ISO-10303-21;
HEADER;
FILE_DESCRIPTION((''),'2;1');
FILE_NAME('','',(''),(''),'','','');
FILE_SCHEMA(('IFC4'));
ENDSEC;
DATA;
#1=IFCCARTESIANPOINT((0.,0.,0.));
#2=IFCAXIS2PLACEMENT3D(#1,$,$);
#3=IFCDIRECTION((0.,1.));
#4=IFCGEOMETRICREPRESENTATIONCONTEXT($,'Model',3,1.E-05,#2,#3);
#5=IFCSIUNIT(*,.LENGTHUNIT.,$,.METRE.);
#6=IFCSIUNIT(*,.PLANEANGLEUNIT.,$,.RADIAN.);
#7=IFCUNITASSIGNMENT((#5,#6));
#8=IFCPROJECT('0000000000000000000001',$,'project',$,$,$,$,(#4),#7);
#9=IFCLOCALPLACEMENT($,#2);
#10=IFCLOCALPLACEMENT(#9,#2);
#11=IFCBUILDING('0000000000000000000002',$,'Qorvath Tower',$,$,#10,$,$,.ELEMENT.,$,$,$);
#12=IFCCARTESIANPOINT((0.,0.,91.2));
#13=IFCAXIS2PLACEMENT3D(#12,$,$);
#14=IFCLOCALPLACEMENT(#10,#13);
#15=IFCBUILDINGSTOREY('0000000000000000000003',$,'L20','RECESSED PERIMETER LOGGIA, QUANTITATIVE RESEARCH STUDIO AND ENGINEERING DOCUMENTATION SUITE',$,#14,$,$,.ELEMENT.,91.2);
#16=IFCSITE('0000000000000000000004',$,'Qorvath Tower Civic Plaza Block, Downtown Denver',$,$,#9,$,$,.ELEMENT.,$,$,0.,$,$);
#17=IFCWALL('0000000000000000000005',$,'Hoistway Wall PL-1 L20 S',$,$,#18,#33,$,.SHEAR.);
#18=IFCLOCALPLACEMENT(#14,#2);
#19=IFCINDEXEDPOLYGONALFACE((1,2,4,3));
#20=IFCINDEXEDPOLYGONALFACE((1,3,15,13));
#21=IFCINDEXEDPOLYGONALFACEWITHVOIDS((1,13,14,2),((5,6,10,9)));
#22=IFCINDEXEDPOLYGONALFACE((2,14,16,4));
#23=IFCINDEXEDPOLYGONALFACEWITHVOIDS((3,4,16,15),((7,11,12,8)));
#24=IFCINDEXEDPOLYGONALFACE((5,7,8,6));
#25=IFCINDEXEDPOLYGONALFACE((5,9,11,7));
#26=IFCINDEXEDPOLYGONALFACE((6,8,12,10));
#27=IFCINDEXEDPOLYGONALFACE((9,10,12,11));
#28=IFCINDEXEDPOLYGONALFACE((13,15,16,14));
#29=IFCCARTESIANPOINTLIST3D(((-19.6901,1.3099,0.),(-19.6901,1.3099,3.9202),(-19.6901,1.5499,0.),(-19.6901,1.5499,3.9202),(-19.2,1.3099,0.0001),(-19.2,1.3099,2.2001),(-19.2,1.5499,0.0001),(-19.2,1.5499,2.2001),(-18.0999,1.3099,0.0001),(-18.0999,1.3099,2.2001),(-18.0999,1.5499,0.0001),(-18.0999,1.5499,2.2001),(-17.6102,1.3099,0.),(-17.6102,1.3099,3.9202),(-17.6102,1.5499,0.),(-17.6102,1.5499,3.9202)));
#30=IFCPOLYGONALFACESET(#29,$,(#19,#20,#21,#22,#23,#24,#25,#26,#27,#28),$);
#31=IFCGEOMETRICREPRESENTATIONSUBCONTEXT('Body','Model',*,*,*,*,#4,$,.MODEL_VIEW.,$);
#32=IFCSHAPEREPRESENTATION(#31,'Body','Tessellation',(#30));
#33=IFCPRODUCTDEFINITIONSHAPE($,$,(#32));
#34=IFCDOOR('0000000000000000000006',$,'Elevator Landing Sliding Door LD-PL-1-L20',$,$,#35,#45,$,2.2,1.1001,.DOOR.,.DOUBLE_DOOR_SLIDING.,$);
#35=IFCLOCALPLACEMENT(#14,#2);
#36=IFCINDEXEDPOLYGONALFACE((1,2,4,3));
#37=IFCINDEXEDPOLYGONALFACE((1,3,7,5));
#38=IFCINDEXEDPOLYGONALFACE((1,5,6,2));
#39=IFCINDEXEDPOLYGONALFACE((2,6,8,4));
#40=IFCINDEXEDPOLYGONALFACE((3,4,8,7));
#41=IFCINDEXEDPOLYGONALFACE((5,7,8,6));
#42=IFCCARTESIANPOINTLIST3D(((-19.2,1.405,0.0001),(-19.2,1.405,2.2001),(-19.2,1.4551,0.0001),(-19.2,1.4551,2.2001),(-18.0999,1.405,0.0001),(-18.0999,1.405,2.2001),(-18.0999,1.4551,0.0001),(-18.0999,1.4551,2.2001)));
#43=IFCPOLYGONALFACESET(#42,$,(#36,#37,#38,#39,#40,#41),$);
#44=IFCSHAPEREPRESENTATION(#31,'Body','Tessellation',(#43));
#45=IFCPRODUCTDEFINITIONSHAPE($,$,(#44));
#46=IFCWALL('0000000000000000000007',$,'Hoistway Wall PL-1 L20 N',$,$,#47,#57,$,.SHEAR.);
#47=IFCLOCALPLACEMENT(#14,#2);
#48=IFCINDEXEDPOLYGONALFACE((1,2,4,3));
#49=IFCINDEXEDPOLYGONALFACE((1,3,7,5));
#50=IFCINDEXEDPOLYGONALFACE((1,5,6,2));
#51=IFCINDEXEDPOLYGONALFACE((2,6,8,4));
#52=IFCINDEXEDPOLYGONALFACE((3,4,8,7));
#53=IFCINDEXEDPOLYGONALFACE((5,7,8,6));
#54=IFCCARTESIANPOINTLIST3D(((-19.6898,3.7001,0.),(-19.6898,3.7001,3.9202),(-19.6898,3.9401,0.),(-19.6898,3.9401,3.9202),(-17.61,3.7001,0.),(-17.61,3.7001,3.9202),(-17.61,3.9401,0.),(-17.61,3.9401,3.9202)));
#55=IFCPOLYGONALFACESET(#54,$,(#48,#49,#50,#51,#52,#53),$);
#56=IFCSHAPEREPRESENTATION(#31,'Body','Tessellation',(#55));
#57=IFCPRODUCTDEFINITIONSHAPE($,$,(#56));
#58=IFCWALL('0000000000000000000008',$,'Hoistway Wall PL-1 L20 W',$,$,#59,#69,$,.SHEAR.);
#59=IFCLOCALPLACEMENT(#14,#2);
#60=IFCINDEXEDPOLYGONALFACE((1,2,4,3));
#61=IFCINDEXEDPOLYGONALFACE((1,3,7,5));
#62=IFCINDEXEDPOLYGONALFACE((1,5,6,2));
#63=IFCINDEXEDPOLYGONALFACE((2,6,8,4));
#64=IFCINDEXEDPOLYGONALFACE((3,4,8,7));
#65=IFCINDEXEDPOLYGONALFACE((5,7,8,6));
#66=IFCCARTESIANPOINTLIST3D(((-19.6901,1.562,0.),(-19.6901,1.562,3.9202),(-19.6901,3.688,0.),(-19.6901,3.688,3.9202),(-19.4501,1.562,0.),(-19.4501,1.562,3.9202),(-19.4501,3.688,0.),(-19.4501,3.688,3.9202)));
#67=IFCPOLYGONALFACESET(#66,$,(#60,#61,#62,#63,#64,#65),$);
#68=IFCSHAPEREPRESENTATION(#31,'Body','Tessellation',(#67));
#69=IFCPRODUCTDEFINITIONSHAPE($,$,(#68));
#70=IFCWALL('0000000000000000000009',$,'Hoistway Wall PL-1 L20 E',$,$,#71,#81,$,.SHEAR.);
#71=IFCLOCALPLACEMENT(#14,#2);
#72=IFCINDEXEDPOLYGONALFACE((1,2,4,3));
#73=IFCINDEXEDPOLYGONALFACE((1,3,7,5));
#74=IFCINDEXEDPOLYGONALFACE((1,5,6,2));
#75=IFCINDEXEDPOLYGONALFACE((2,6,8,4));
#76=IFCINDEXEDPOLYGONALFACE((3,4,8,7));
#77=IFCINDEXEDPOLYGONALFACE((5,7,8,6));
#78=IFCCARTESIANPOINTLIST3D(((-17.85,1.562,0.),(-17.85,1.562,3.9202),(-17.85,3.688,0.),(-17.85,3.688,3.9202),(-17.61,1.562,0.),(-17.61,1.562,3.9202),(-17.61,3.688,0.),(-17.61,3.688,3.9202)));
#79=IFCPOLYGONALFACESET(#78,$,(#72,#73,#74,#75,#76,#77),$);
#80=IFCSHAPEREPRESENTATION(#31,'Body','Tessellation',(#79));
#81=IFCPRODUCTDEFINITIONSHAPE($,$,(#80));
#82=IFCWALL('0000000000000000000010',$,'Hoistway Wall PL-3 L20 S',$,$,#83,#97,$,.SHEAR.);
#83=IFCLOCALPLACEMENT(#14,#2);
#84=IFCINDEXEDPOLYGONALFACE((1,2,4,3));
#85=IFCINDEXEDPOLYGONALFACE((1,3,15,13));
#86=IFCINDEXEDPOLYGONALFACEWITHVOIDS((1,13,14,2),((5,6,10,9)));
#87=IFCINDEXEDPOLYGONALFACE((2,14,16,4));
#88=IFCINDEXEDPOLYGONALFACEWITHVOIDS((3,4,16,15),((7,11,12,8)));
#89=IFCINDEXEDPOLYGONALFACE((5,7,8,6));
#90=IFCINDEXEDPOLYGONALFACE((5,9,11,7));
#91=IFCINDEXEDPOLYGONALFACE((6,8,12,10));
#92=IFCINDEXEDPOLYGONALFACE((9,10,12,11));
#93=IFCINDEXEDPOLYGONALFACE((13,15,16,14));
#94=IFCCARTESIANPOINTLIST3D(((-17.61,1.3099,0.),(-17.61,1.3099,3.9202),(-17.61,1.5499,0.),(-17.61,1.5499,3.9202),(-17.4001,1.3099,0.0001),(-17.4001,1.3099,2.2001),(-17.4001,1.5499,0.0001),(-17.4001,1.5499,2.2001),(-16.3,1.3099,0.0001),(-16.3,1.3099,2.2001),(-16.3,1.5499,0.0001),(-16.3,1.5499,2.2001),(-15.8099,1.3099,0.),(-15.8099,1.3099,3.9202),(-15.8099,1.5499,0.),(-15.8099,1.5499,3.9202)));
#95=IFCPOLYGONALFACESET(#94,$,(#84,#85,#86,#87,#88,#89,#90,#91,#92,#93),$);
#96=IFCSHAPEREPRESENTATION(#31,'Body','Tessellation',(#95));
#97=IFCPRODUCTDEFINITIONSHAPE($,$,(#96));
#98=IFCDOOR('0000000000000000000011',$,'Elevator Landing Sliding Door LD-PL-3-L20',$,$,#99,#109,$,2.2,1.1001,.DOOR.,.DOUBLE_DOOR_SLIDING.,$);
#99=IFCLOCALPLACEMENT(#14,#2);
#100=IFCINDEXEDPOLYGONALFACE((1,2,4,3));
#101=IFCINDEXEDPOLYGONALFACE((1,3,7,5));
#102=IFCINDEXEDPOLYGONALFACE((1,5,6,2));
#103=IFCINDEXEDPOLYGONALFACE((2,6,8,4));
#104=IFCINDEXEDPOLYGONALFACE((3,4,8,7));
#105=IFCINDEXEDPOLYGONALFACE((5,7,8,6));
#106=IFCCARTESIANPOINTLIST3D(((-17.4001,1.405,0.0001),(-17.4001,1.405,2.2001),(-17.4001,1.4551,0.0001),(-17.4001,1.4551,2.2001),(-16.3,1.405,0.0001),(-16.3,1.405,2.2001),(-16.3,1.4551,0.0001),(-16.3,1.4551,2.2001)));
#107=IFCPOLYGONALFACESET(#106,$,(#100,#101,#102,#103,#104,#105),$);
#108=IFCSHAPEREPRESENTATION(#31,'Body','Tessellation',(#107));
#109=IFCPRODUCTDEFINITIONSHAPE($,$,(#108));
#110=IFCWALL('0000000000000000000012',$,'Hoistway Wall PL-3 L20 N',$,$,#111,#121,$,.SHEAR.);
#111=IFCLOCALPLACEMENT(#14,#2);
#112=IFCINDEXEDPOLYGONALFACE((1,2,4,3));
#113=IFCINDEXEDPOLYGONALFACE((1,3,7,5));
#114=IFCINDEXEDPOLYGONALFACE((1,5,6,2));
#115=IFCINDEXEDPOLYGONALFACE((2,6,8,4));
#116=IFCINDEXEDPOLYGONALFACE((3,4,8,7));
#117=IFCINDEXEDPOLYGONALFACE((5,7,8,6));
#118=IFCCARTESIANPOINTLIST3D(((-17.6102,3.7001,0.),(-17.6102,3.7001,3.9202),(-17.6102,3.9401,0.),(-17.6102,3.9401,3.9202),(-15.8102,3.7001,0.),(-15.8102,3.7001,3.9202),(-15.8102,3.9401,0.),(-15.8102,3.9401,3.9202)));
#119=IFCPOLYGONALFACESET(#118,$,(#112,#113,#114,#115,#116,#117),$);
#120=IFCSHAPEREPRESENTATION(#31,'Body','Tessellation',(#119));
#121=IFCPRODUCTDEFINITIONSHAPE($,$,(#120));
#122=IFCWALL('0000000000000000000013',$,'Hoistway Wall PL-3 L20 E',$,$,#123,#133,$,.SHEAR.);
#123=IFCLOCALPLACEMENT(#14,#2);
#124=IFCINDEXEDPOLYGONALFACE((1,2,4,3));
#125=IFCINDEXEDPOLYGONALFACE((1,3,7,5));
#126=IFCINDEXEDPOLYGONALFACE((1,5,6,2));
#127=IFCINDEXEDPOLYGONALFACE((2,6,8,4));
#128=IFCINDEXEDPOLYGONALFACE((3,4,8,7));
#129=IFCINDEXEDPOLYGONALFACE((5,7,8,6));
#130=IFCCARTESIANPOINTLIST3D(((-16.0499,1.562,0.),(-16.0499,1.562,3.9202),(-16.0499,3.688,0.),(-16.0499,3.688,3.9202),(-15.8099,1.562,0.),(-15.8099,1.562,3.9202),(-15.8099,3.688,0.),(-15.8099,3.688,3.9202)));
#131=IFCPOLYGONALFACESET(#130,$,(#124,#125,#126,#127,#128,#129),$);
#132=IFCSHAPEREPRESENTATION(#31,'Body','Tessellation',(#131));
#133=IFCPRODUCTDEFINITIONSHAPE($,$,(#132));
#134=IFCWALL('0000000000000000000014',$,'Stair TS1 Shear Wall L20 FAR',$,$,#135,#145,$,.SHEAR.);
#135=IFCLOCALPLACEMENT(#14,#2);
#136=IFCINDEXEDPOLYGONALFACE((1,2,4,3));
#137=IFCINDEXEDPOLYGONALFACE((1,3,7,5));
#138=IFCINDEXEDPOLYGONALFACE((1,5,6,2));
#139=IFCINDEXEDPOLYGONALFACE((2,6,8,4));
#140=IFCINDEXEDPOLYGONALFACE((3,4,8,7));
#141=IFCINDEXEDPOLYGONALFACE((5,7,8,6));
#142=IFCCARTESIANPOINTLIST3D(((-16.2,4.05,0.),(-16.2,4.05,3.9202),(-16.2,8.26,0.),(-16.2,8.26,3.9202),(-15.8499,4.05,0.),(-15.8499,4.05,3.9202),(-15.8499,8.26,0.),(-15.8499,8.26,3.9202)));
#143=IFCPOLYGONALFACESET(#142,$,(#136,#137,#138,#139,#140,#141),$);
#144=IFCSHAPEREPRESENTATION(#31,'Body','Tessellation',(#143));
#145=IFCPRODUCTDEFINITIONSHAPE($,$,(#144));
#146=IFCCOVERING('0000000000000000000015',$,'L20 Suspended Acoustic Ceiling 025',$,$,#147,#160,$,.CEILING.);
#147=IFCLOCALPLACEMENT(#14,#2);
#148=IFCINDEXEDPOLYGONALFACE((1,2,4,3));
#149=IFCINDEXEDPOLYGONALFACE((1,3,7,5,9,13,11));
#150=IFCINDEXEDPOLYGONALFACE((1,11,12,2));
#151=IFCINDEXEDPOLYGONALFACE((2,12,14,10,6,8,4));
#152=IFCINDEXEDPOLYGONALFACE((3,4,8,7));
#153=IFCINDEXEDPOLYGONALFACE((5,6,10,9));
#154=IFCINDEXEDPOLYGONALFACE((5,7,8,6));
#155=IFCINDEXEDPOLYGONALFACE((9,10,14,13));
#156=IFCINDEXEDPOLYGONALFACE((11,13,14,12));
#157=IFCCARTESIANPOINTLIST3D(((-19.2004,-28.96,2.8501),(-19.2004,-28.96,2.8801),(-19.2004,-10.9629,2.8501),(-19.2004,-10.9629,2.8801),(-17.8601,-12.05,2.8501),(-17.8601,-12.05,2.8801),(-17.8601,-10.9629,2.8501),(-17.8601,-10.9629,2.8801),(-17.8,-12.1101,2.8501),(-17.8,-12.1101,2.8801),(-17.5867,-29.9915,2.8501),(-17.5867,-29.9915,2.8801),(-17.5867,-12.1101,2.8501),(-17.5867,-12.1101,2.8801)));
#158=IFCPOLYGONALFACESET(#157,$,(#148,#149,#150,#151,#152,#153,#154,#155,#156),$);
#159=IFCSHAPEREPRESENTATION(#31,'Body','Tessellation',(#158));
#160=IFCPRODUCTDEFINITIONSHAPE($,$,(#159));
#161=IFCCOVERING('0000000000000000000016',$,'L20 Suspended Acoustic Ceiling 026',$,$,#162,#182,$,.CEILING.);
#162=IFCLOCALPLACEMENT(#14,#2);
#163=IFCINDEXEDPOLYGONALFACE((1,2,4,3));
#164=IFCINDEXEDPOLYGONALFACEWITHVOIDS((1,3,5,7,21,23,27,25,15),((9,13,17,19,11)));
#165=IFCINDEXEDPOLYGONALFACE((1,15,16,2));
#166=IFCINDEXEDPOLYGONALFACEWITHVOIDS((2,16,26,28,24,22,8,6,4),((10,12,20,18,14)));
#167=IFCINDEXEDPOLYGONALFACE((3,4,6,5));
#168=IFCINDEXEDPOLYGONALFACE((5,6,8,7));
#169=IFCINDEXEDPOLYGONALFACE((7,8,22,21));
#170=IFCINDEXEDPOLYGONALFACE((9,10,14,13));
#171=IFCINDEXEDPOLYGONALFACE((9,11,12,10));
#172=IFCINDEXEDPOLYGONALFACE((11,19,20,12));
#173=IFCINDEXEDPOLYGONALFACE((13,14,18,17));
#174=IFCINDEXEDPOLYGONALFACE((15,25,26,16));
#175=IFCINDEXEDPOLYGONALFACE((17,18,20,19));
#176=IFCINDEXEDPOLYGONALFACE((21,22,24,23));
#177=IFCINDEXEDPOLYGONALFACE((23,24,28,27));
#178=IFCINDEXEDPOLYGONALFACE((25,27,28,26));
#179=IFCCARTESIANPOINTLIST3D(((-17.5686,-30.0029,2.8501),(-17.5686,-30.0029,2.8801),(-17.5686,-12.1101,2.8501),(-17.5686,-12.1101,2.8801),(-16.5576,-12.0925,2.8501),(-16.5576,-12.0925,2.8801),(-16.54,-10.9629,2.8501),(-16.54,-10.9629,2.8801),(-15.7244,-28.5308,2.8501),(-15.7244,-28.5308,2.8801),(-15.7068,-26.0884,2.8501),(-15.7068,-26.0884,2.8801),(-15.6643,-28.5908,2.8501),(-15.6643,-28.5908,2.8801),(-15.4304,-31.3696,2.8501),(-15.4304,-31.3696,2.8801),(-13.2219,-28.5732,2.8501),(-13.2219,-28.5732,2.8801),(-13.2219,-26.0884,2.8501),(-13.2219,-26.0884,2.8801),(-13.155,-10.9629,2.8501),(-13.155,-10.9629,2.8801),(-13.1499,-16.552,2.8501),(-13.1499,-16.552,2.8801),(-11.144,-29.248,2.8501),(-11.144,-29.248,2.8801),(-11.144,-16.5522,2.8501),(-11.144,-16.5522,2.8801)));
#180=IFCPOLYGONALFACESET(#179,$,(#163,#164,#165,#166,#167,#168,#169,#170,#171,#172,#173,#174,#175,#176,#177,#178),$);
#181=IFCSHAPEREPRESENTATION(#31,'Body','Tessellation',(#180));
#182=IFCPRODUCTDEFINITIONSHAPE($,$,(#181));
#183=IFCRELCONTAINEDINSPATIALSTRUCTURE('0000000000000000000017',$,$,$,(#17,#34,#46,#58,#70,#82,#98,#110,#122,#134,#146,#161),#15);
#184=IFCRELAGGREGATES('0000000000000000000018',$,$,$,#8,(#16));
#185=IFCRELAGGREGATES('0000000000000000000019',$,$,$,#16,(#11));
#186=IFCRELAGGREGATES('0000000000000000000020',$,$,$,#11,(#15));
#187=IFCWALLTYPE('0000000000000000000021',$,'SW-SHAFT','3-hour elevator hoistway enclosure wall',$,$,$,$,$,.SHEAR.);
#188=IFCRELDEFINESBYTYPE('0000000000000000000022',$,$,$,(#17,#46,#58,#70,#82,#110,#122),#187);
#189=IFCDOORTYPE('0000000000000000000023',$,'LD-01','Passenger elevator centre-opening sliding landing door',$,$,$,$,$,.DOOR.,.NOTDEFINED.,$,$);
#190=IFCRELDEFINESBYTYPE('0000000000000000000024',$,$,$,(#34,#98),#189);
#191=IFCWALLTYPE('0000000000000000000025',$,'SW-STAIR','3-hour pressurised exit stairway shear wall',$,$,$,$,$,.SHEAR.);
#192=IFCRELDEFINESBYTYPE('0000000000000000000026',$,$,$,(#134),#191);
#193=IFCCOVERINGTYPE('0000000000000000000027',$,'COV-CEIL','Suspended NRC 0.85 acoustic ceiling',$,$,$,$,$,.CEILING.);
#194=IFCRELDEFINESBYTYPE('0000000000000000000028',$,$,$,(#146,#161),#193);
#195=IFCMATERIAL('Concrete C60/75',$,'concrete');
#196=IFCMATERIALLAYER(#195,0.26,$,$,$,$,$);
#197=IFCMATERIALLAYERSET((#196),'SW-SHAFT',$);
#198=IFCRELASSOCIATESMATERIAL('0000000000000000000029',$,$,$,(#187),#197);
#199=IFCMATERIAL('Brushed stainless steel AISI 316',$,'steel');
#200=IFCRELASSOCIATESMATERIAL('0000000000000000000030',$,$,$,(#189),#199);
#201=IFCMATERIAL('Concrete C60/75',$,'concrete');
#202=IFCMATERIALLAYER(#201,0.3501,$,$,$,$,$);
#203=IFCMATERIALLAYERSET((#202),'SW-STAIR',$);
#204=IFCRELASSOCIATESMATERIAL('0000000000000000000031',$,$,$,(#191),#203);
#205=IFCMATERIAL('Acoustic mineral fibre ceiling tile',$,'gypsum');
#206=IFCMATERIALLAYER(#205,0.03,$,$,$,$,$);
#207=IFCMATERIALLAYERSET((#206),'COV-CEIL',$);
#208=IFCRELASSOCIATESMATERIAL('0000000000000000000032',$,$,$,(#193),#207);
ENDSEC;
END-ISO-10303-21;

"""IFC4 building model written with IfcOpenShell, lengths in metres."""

from ifc_helpers import new_model, si_unit, direction, frame, frame_2d, origin, place, context, subcontext, project, spatial, polyline, rectangle, outline, extrude, material, layer, layer_set, type_object, element, fill, save


model = new_model("IFC4")

# Units and contexts
model_context = context("Model", 3, precision=1e-05, world=origin(), true_north=direction((0.0, 1.0)))
body_context = subcontext(model_context, "Body", "Model", "MODEL_VIEW")
ifc_project = project(units=[si_unit("LENGTHUNIT", "METRE"), si_unit("PLANEANGLEUNIT", "RADIAN")], contexts=[model_context])

# Site, building, storey
site_placement = place(None, origin())
site = spatial("IfcSite", under=ifc_project, at=site_placement, Name="Qorvath Tower Civic Plaza Block, Downtown Denver", CompositionType="ELEMENT", RefElevation=0.0)
building_placement = place(site_placement, origin())
building = spatial("IfcBuilding", under=site, at=building_placement, Name="Qorvath Tower", CompositionType="ELEMENT")
storey_placement = place(building_placement, frame((0.0, 0.0, 91.2)))
storey = spatial("IfcBuildingStorey", under=building, at=storey_placement, Name="L20", Description="RECESSED PERIMETER LOGGIA, QUANTITATIVE RESEARCH STUDIO AND ENGINEERING DOCUMENTATION SUITE", CompositionType="ELEMENT", Elevation=91.2)

# Wall, opening, door
ifc_material_1 = material(Name="Concrete C60/75", Category="concrete")
ifc_layer_1 = layer(ifc_material_1, 0.26)
ifc_layer_set_1 = layer_set([ifc_layer_1], Name="SW-SHAFT")
wall_type_1 = type_object("IfcWallType", Name="SW-SHAFT", Description="3-hour elevator hoistway enclosure wall", PredefinedType="SHEAR", material=ifc_layer_set_1)
wall_1_placement = place(storey_placement, frame((-17.6101, 1.4299, 0.0), z_axis=(0.0, 0.0, 1.0), x_axis=(-1.0, 0.0, 0.0)))
wall_1 = element("IfcWall", 1, at=wall_1_placement, inside=storey, type_object=wall_type_1, Name="Hoistway Wall PL-1 L20 S", PredefinedType="SHEAR", context=body_context, shape_type="SweptSolid", body=[
    extrude(rectangle(XDim=2.0798, YDim=0.24, at=frame_2d((1.04, 0.0))), origin(), (0.0, 0.0, 1.0), 3.9202),
])
opening_1_placement = place(wall_1_placement, frame((0.4897, 0.0, 0.0)))
opening_1 = element("IfcOpeningElement", 2, at=opening_1_placement, cuts=wall_1, PredefinedType="OPENING", context=body_context, shape_type="SweptSolid", body=[
    extrude(rectangle(XDim=1.1001, YDim=2.2, at=frame_2d((0.55, 1.1001))), frame((0.0, 0.1299, 0.0), z_axis=(0.0, -1.0, 0.0), x_axis=(1.0, 0.0, 0.0)), (0.0, 0.0, 1.0), 0.26),
])
ifc_material_2 = material(Name="Brushed stainless steel AISI 316", Category="steel")
door_type = type_object("IfcDoorType", Name="LD-01", Description="Passenger elevator centre-opening sliding landing door", OperationType="NOTDEFINED", PredefinedType="DOOR", material=ifc_material_2)
door_1_placement = place(opening_1_placement, origin())
door_1 = element("IfcDoor", 3, at=door_1_placement, inside=storey, type_object=door_type, Name="Elevator Landing Sliding Door LD-PL-1-L20", OperationType="DOUBLE_DOOR_SLIDING", OverallHeight=2.2, OverallWidth=1.1001, PredefinedType="DOOR", context=body_context, shape_type="SweptSolid", body=[
    extrude(rectangle(XDim=1.1001, YDim=2.2, at=frame_2d((0.55, 1.1001))), frame((0.0, 0.0249, 0.0), z_axis=(0.0, -1.0, 0.0), x_axis=(1.0, 0.0, 0.0)), (0.0, 0.0, 1.0), 0.05),
])
fill(opening_1, door_1)

# Walls
wall_2_placement = place(storey_placement, frame((-19.6899, 3.8201, 0.0), z_axis=(0.0, 0.0, 1.0), x_axis=(1.0, 0.0, 0.0)))
element("IfcWall", 4, at=wall_2_placement, inside=storey, type_object=wall_type_1, Name="Hoistway Wall PL-1 L20 N", PredefinedType="SHEAR", context=body_context, shape_type="SweptSolid", body=[
    extrude(rectangle(XDim=2.0798, YDim=0.24, at=frame_2d((1.04, 0.0))), origin(), (0.0, 0.0, 1.0), 3.9202),
])
for number, where, z_axis, x_axis, name in (
    (5, (-19.5701, 1.562, 0.0), (0.0, 0.0, 1.0), (0.0, 1.0, 0.0), "Hoistway Wall PL-1 L20 W"),
    (6, (-17.73, 3.688, 0.0), (0.0, 0.0, 1.0), (0.0, -1.0, 0.0), "Hoistway Wall PL-1 L20 E"),
):
    element("IfcWall", number, at=place(storey_placement, frame(where, z_axis=z_axis, x_axis=x_axis)), inside=storey, type_object=wall_type_1, Name=name, PredefinedType="SHEAR", context=body_context, shape_type="SweptSolid", body=[
        extrude(rectangle(XDim=2.126, YDim=0.24, at=frame_2d((1.063, 0.0))), origin(), (0.0, 0.0, 1.0), 3.9202),
    ])

# Wall, opening, door
wall_3_placement = place(storey_placement, frame((-15.8101, 1.4299, 0.0), z_axis=(0.0, 0.0, 1.0), x_axis=(-1.0, 0.0, 0.0)))
wall_3 = element("IfcWall", 7, at=wall_3_placement, inside=storey, type_object=wall_type_1, Name="Hoistway Wall PL-3 L20 S", PredefinedType="SHEAR", context=body_context, shape_type="SweptSolid", body=[
    extrude(rectangle(XDim=1.8, YDim=0.24, at=frame_2d((0.8999, 0.0))), origin(), (0.0, 0.0, 1.0), 3.9202),
])
opening_2_placement = place(wall_3_placement, frame((0.49, 0.0, 0.0)))
opening_2 = element("IfcOpeningElement", 8, at=opening_2_placement, cuts=wall_3, PredefinedType="OPENING", context=body_context, shape_type="SweptSolid", body=[
    extrude(rectangle(XDim=1.1001, YDim=2.2, at=frame_2d((0.55, 1.1001))), frame((0.0, 0.1299, 0.0), z_axis=(0.0, -1.0, 0.0), x_axis=(1.0, 0.0, 0.0)), (0.0, 0.0, 1.0), 0.26),
])
door_2_placement = place(opening_2_placement, origin())
door_2 = element("IfcDoor", 9, at=door_2_placement, inside=storey, type_object=door_type, Name="Elevator Landing Sliding Door LD-PL-3-L20", OperationType="DOUBLE_DOOR_SLIDING", OverallHeight=2.2, OverallWidth=1.1001, PredefinedType="DOOR", context=body_context, shape_type="SweptSolid", body=[
    extrude(rectangle(XDim=1.1001, YDim=2.2, at=frame_2d((0.55, 1.1001))), frame((0.0, 0.0249, 0.0), z_axis=(0.0, -1.0, 0.0), x_axis=(1.0, 0.0, 0.0)), (0.0, 0.0, 1.0), 0.05),
])
fill(opening_2, door_2)

# Walls
wall_4_placement = place(storey_placement, frame((-17.6101, 3.8201, 0.0), z_axis=(0.0, 0.0, 1.0), x_axis=(1.0, 0.0, 0.0)))
element("IfcWall", 10, at=wall_4_placement, inside=storey, type_object=wall_type_1, Name="Hoistway Wall PL-3 L20 N", PredefinedType="SHEAR", context=body_context, shape_type="SweptSolid", body=[
    extrude(rectangle(XDim=1.8, YDim=0.24, at=frame_2d((0.8999, 0.0))), origin(), (0.0, 0.0, 1.0), 3.9202),
])
wall_5_placement = place(storey_placement, frame((-15.9299, 3.688, 0.0), z_axis=(0.0, 0.0, 1.0), x_axis=(0.0, -1.0, 0.0)))
element("IfcWall", 11, at=wall_5_placement, inside=storey, type_object=wall_type_1, Name="Hoistway Wall PL-3 L20 E", PredefinedType="SHEAR", context=body_context, shape_type="SweptSolid", body=[
    extrude(rectangle(XDim=2.126, YDim=0.24, at=frame_2d((1.063, 0.0))), origin(), (0.0, 0.0, 1.0), 3.9202),
])
ifc_material_3 = material(Name="Concrete C60/75", Category="concrete")
ifc_layer_2 = layer(ifc_material_3, 0.3501)
ifc_layer_set_2 = layer_set([ifc_layer_2], Name="SW-STAIR")
wall_type_2 = type_object("IfcWallType", Name="SW-STAIR", Description="3-hour pressurised exit stairway shear wall", PredefinedType="SHEAR", material=ifc_layer_set_2)
wall_6_placement = place(storey_placement, frame((-16.0249, 4.05, 0.0), z_axis=(0.0, 0.0, 1.0), x_axis=(0.0, 1.0, 0.0)))
element("IfcWall", 12, at=wall_6_placement, inside=storey, type_object=wall_type_2, Name="Stair TS1 Shear Wall L20 FAR", PredefinedType="SHEAR", context=body_context, shape_type="SweptSolid", body=[
    extrude(rectangle(XDim=4.21, YDim=0.3501, at=frame_2d((2.105, 0.0))), origin(), (0.0, 0.0, 1.0), 3.9202),
])

# Coverings
ifc_material_4 = material(Name="Acoustic mineral fibre ceiling tile", Category="gypsum")
ifc_layer_3 = layer(ifc_material_4, 0.03)
ifc_layer_set_3 = layer_set([ifc_layer_3], Name="COV-CEIL")
covering_type_1 = type_object("IfcCoveringType", Name="COV-CEIL", Description="Suspended NRC 0.85 acoustic ceiling", PredefinedType="CEILING", material=ifc_layer_set_3)
covering_1_placement = place(storey_placement, frame((0.0, 0.0, 2.8501)))
element("IfcCovering", 13, at=covering_1_placement, inside=storey, type_object=covering_type_1, Name="L20 Suspended Acoustic Ceiling 025", PredefinedType="CEILING", context=body_context, shape_type="SweptSolid", body=[
    extrude(outline(polyline([(-19.2004, -10.9629), (-19.2004, -28.96), (-17.5867, -29.9915), (-17.5867, -12.1101), (-17.8, -12.1101), (-17.8601, -12.05), (-17.8601, -10.9629), (-19.2004, -10.9629)])), origin(), (0.0, 0.0, 1.0), 0.03),
])
covering_2_placement = place(storey_placement, frame((0.0, 0.0, 2.8501)))
element("IfcCovering", 14, at=covering_2_placement, inside=storey, type_object=covering_type_1, Name="L20 Suspended Acoustic Ceiling 026", PredefinedType="CEILING", context=body_context, shape_type="SweptSolid", body=[
    extrude(outline(polyline([(-15.4304, -31.3696), (-11.144, -29.248), (-11.144, -16.5522), (-13.1499, -16.552), (-13.155, -10.9629), (-16.54, -10.9629), (-16.5576, -12.0925), (-17.5686, -12.1101), (-17.5686, -30.0029), (-15.4304, -31.3696)]), holes=[polyline([(-15.7244, -28.5308), (-15.7068, -26.0884), (-13.2219, -26.0884), (-13.2219, -28.5732), (-15.6643, -28.5908), (-15.7244, -28.5308)])]), origin(), (0.0, 0.0, 1.0), 0.03),
])

save(model, "model.ifc")
